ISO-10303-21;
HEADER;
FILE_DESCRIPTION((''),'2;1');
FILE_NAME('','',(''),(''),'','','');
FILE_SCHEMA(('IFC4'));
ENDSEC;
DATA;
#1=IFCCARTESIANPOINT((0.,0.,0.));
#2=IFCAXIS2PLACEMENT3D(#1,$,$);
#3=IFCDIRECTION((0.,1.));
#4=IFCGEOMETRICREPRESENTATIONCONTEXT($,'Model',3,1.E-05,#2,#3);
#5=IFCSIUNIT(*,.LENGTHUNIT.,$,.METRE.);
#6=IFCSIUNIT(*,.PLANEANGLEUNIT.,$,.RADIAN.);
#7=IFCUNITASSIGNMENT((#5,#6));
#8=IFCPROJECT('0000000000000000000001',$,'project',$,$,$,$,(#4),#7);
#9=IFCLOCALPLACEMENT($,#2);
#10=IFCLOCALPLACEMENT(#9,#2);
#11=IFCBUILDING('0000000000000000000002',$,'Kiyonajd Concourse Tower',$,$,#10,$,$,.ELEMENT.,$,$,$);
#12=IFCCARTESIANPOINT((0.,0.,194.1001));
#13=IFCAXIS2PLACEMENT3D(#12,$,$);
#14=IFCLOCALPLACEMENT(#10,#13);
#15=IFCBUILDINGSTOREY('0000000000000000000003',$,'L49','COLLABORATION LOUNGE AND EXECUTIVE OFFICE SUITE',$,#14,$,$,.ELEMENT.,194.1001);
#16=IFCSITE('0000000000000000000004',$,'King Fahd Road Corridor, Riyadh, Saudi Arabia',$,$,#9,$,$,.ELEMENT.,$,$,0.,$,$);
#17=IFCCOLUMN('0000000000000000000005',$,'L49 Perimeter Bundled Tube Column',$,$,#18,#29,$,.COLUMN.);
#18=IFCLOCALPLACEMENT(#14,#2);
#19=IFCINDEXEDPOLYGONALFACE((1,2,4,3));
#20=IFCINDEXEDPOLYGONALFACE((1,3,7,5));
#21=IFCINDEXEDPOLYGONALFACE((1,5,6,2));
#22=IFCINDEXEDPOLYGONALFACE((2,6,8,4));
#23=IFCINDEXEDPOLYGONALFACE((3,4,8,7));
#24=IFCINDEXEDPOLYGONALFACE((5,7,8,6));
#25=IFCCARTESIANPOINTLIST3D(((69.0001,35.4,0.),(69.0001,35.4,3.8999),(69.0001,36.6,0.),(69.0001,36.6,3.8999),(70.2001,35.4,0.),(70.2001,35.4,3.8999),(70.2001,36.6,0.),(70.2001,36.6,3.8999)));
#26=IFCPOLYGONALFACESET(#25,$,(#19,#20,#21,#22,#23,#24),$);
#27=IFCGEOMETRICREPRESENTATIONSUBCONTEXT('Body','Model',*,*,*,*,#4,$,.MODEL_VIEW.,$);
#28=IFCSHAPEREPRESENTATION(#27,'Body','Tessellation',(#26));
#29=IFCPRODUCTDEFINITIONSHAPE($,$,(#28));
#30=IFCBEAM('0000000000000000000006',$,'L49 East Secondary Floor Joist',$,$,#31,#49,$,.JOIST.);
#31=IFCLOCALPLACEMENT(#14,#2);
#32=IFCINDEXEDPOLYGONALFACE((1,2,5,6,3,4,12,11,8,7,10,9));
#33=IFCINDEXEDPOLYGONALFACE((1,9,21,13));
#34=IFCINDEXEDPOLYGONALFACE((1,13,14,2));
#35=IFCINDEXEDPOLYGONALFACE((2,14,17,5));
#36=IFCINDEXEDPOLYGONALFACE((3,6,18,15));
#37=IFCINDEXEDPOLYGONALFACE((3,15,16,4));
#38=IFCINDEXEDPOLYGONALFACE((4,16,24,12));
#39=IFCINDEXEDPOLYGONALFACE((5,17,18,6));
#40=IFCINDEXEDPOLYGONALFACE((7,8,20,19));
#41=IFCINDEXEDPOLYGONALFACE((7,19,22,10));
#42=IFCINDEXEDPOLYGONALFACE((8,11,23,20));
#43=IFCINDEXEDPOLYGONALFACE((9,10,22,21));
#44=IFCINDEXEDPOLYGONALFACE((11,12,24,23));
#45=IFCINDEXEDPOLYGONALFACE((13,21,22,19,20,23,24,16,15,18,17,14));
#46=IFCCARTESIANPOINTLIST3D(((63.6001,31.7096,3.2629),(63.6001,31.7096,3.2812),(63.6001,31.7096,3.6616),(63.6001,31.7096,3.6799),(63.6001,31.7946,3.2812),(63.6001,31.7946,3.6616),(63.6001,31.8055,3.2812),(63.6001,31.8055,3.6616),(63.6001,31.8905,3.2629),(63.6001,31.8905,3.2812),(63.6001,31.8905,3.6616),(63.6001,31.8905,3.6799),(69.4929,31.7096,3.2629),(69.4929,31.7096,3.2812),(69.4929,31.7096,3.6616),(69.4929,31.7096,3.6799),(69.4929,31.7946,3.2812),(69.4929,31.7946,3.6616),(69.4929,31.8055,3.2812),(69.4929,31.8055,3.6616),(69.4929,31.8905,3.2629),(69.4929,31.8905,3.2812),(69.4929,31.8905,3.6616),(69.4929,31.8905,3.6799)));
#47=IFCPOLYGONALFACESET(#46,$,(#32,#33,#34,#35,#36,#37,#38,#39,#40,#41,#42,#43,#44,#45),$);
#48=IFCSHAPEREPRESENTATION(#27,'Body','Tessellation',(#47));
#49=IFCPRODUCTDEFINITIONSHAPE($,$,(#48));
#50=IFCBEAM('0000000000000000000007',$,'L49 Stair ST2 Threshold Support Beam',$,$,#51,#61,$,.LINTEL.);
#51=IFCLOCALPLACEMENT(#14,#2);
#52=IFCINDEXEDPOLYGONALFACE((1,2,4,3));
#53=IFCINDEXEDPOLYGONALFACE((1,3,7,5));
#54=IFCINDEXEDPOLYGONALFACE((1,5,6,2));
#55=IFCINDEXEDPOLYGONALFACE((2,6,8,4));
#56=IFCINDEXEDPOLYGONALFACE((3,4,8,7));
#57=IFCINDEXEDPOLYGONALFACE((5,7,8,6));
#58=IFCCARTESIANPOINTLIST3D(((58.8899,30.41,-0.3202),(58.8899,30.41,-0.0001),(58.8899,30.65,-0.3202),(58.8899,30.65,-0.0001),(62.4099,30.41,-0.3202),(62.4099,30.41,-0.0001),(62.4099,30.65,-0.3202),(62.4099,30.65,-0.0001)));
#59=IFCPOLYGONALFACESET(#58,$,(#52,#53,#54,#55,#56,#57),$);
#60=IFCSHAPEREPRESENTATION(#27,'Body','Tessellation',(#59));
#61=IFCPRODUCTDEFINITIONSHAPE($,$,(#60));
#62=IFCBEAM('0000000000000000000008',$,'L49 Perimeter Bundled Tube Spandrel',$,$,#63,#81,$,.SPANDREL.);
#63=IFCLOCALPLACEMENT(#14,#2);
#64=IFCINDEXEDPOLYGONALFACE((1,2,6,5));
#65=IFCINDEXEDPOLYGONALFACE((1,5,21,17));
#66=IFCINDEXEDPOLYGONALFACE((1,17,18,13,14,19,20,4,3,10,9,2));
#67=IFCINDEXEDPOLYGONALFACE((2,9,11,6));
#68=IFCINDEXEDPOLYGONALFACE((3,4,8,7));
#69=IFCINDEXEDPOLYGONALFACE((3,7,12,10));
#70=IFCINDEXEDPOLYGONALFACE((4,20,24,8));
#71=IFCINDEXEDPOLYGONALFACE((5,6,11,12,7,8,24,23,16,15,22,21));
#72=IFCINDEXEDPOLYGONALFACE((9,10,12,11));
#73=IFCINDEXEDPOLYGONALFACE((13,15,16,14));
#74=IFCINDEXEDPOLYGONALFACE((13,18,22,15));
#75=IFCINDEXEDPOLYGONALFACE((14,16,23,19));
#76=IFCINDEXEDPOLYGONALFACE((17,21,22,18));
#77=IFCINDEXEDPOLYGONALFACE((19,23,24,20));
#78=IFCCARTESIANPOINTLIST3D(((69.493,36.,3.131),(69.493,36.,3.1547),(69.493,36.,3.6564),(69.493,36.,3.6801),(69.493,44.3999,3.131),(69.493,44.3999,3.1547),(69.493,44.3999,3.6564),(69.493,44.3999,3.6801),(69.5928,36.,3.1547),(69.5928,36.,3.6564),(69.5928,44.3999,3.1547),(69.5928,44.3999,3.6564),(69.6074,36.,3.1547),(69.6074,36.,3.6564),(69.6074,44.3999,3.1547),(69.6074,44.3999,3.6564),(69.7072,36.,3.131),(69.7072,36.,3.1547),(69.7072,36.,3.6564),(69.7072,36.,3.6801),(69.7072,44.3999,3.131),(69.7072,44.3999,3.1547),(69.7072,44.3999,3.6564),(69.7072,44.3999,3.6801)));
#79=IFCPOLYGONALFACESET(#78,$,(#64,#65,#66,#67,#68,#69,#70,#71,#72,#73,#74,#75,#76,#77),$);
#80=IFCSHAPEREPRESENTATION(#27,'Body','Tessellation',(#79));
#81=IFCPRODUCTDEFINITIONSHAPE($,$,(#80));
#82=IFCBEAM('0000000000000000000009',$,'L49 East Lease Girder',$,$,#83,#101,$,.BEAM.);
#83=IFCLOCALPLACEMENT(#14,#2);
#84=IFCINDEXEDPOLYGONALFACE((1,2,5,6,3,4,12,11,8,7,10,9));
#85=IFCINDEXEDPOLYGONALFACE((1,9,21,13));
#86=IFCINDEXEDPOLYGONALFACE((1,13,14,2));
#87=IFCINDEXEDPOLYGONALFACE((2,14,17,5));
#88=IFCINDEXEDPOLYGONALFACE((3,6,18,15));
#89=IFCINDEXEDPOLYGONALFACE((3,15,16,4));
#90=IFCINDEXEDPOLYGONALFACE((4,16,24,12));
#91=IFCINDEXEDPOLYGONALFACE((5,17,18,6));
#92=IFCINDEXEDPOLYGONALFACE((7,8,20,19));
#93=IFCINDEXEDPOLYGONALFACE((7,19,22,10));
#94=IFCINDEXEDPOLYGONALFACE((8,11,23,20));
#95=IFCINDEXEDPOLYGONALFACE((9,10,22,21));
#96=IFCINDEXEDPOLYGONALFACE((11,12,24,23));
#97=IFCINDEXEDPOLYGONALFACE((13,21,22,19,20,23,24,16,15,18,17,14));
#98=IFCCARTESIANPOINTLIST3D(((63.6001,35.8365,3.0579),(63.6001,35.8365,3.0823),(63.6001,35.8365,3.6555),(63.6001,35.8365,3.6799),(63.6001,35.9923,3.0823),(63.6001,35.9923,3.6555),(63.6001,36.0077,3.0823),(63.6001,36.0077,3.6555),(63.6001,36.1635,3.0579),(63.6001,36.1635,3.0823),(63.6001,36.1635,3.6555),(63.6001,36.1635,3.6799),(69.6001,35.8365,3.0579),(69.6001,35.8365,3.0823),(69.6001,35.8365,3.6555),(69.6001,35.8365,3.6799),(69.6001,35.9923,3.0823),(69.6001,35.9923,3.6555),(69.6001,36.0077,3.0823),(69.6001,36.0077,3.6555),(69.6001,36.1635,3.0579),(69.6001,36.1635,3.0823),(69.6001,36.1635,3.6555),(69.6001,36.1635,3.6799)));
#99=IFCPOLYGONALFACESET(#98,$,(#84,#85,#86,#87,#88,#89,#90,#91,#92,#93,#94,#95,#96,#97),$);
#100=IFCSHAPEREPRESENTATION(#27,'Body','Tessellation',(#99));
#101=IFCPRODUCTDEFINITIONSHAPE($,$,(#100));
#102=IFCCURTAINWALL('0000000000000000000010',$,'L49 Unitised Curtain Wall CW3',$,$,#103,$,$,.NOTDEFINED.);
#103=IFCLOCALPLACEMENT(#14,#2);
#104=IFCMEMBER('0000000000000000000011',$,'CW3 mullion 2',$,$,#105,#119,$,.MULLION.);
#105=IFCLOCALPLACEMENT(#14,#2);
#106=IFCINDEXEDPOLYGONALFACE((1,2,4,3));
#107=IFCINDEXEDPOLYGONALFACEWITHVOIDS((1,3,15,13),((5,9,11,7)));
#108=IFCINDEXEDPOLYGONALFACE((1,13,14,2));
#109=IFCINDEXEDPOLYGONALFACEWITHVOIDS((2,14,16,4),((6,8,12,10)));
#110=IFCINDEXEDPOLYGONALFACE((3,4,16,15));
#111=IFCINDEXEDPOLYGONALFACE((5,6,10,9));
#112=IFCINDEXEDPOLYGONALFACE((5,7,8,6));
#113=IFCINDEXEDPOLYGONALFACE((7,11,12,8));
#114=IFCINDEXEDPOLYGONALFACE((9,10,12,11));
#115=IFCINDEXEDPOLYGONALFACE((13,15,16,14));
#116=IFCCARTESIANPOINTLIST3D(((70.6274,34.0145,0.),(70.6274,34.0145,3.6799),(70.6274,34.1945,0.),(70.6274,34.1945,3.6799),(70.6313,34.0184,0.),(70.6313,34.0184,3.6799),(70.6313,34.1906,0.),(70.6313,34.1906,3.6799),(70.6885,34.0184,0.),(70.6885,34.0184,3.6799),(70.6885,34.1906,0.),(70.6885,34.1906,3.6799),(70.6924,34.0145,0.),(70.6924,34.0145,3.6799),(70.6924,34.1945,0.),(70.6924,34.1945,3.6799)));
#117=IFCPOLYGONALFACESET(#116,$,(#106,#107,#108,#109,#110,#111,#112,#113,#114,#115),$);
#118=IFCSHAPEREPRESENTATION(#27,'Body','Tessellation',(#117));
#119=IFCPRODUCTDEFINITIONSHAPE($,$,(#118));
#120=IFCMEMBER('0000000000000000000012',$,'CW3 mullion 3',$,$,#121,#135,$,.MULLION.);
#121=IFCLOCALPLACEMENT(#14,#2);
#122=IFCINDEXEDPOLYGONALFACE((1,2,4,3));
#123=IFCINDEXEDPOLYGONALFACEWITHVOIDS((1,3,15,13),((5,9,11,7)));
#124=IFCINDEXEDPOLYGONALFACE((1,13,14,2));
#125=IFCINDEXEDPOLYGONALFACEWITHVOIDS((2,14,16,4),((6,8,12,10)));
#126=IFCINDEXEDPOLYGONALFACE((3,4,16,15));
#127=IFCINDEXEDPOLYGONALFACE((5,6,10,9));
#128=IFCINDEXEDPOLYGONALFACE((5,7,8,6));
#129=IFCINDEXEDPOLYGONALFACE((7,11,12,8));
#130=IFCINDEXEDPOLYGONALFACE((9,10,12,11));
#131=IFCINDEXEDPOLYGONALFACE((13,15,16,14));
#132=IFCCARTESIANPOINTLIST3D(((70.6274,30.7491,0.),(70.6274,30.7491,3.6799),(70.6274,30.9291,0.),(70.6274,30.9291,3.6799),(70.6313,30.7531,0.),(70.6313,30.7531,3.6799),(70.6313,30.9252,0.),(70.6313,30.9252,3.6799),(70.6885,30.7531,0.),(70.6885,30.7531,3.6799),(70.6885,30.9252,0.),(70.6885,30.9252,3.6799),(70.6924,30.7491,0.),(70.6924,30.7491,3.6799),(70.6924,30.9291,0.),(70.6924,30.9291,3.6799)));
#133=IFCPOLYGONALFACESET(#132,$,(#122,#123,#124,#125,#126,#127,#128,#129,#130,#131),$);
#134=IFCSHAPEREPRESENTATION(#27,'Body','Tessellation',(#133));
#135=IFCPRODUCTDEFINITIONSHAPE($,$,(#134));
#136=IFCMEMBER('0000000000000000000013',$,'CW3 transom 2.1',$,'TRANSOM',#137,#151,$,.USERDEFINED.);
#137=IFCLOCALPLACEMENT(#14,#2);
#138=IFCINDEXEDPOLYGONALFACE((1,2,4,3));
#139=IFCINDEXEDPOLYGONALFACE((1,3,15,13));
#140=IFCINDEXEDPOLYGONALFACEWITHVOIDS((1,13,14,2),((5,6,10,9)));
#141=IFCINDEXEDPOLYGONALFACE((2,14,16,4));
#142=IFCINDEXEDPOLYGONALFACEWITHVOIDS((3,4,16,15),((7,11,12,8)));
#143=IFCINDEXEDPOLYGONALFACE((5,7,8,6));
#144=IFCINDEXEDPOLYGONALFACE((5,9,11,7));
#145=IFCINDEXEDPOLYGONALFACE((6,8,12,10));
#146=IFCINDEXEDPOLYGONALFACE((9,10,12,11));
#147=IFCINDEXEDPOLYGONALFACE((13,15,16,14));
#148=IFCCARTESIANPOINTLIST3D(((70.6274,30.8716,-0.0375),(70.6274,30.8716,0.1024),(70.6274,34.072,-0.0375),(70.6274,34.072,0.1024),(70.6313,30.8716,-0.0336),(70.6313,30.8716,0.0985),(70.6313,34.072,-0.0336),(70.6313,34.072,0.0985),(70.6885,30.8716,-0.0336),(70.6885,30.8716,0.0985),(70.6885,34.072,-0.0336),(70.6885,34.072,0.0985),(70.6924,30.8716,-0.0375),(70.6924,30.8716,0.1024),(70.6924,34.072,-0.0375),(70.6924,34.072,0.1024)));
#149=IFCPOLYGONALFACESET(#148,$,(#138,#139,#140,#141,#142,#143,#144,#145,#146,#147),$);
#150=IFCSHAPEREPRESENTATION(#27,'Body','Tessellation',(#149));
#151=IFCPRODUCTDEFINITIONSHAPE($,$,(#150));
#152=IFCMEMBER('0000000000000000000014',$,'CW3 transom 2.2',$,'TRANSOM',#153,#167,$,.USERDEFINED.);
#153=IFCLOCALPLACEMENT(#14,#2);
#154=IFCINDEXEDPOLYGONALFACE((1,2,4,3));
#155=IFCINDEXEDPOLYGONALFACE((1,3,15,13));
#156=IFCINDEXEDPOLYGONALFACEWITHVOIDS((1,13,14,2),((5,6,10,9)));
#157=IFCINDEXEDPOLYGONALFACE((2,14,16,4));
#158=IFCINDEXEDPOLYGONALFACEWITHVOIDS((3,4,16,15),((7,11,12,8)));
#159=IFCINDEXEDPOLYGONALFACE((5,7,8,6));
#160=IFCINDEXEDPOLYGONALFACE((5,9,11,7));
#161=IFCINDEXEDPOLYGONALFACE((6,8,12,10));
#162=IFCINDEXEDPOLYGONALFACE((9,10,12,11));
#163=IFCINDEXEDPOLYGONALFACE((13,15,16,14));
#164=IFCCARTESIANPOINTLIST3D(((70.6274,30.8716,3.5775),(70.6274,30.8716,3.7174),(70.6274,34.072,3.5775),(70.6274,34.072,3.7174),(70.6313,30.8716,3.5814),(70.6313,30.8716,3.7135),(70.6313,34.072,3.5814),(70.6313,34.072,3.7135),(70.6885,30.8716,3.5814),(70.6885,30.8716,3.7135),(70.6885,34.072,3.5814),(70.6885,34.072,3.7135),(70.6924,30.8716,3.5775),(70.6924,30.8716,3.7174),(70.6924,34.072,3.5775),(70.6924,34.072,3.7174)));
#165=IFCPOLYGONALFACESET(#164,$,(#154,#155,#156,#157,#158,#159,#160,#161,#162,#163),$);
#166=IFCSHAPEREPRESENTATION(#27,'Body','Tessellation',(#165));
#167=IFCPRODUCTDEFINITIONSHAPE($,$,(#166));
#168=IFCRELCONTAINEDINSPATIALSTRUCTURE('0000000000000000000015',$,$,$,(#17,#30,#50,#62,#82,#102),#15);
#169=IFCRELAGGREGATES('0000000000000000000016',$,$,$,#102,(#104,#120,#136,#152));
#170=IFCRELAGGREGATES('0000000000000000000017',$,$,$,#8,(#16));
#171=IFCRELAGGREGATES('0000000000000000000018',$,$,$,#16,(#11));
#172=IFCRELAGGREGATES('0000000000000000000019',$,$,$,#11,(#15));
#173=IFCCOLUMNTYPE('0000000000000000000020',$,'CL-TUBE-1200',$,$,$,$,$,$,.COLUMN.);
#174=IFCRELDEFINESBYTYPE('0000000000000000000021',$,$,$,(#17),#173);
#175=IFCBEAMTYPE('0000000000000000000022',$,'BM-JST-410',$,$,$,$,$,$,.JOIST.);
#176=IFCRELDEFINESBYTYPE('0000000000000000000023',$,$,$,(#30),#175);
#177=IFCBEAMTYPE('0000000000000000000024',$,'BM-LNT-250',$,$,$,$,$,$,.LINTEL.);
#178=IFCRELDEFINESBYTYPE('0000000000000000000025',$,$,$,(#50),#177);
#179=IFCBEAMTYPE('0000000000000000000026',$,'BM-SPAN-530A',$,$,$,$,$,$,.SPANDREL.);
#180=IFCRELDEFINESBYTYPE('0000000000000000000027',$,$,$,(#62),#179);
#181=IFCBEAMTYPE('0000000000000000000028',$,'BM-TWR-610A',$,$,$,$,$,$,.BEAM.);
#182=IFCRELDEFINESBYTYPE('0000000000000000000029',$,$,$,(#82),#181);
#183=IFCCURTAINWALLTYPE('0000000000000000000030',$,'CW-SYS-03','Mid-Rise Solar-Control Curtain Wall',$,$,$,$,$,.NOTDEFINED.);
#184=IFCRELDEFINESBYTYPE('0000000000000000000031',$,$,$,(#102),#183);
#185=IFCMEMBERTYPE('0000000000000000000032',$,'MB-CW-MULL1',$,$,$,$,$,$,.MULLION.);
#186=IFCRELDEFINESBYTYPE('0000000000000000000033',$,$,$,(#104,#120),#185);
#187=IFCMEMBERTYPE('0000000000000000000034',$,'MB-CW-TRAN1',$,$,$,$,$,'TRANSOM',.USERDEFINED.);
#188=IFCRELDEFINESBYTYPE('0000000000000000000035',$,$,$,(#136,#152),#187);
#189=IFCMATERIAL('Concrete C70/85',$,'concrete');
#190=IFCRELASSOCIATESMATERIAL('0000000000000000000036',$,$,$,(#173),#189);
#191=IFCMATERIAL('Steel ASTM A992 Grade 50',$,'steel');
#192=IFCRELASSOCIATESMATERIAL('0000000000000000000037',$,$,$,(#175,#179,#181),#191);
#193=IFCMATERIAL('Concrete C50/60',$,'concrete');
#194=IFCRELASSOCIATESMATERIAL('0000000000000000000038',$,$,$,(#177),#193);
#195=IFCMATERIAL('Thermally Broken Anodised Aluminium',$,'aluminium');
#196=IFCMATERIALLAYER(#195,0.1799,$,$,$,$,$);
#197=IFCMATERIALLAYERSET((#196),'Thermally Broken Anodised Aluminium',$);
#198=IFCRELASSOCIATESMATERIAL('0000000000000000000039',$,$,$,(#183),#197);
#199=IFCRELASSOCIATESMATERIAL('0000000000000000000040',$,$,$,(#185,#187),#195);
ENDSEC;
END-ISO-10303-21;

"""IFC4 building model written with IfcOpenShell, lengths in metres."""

from ifc_helpers import new_model, si_unit, direction, frame, origin, origin_2d, place, context, subcontext, project, spatial, rectangle, hollow_rectangle, i_section, extrude, material, layer, layer_set, material_profile, profile_set, type_object, element, aggregate, save


model = new_model("IFC4")

# Units and contexts
model_context = context("Model", 3, precision=1e-05, world=origin(), true_north=direction((0.0, 1.0)))
body_context = subcontext(model_context, "Body", "Model", "MODEL_VIEW")
ifc_project = project(units=[si_unit("LENGTHUNIT", "METRE"), si_unit("PLANEANGLEUNIT", "RADIAN")], contexts=[model_context])

# Site, building, storey
site_placement = place(None, origin())
site = spatial("IfcSite", under=ifc_project, at=site_placement, Name="King Fahd Road Corridor, Riyadh, Saudi Arabia", CompositionType="ELEMENT", RefElevation=0.0)
building_placement = place(site_placement, origin())
building = spatial("IfcBuilding", under=site, at=building_placement, Name="Kiyonajd Concourse Tower", CompositionType="ELEMENT")
storey_placement = place(building_placement, frame((0.0, 0.0, 194.1001)))
storey = spatial("IfcBuildingStorey", under=building, at=storey_placement, Name="L49", Description="COLLABORATION LOUNGE AND EXECUTIVE OFFICE SUITE", CompositionType="ELEMENT", Elevation=194.1001)

# Column
ifc_material_1 = material(Name="Concrete C70/85", Category="concrete")
ifc_material_profile_1 = material_profile(ifc_material_1, rectangle(XDim=1.2, YDim=1.2, at=origin_2d()), Name="RC-1200x1200")
ifc_profile_set_1 = profile_set([ifc_material_profile_1], Name="Concrete C70/85")
column_type = type_object("IfcColumnType", Name="CL-TUBE-1200", PredefinedType="COLUMN", material=ifc_profile_set_1)
column_placement = place(storey_placement, frame((69.6001, 36.0, 0.0), z_axis=(0.0, 0.0, 1.0), x_axis=(1.0, 0.0, 0.0)))
element("IfcColumn", 1, at=column_placement, inside=storey, type_object=column_type, Name="L49 Perimeter Bundled Tube Column", PredefinedType="COLUMN", context=body_context, shape_type="SweptSolid", body=[
    extrude(rectangle(XDim=1.2, YDim=1.2, at=origin_2d()), origin(), (0.0, 0.0, 1.0), 3.8999),
])

# Beams
ifc_material_2 = material(Name="Steel ASTM A992 Grade 50", Category="steel")
ifc_material_profile_2 = material_profile(ifc_material_2, i_section(OverallWidth=0.1809, OverallDepth=0.417, WebThickness=0.011, FlangeThickness=0.0183, at=origin_2d()), Name="W410X85")
ifc_profile_set_2 = profile_set([ifc_material_profile_2], Name="Steel ASTM A992 Grade 50")
beam_type_1 = type_object("IfcBeamType", Name="BM-JST-410", PredefinedType="JOIST", material=ifc_profile_set_2)
beam_1_placement = place(storey_placement, frame((63.6001, 31.8, 3.4714), z_axis=(1.0, 0.0, 0.0), x_axis=(0.0, 1.0, 0.0)))
element("IfcBeam", 2, at=beam_1_placement, inside=storey, type_object=beam_type_1, Name="L49 East Secondary Floor Joist", PredefinedType="JOIST", context=body_context, shape_type="SweptSolid", body=[
    extrude(i_section(OverallWidth=0.1809, OverallDepth=0.417, WebThickness=0.011, FlangeThickness=0.0183, at=origin_2d()), origin(), (0.0, 0.0, 1.0), 5.8928),
])
ifc_material_3 = material(Name="Concrete C50/60", Category="concrete")
ifc_material_profile_3 = material_profile(ifc_material_3, rectangle(XDim=0.24, YDim=0.3201, at=origin_2d()), Name="RCBM-240x320")
ifc_profile_set_3 = profile_set([ifc_material_profile_3], Name="Concrete C50/60")
beam_type_2 = type_object("IfcBeamType", Name="BM-LNT-250", PredefinedType="LINTEL", material=ifc_profile_set_3)
beam_2_placement = place(storey_placement, frame((58.8899, 30.53, -0.1602), z_axis=(1.0, 0.0, 0.0), x_axis=(0.0, 1.0, 0.0)))
element("IfcBeam", 3, at=beam_2_placement, inside=storey, type_object=beam_type_2, Name="L49 Stair ST2 Threshold Support Beam", PredefinedType="LINTEL", context=body_context, shape_type="SweptSolid", body=[
    extrude(rectangle(XDim=0.24, YDim=0.3201, at=origin_2d()), origin(), (0.0, 0.0, 1.0), 3.52),
])
ifc_material_profile_4 = material_profile(ifc_material_2, i_section(OverallWidth=0.2141, OverallDepth=0.5491, WebThickness=0.0146, FlangeThickness=0.0237, at=origin_2d()), Name="W530X138")
ifc_profile_set_4 = profile_set([ifc_material_profile_4], Name="Steel ASTM A992 Grade 50")
beam_type_3 = type_object("IfcBeamType", Name="BM-SPAN-530A", PredefinedType="SPANDREL", material=ifc_profile_set_4)
beam_3_placement = place(storey_placement, frame((69.6001, 36.0, 3.4055), z_axis=(0.0, 1.0, 0.0), x_axis=(-1.0, 0.0, 0.0)))
element("IfcBeam", 4, at=beam_3_placement, inside=storey, type_object=beam_type_3, Name="L49 Perimeter Bundled Tube Spandrel", PredefinedType="SPANDREL", context=body_context, shape_type="SweptSolid", body=[
    extrude(i_section(OverallWidth=0.2141, OverallDepth=0.5491, WebThickness=0.0146, FlangeThickness=0.0237, at=origin_2d()), origin(), (0.0, 0.0, 1.0), 8.3999),
])
ifc_material_profile_5 = material_profile(ifc_material_2, i_section(OverallWidth=0.3269, OverallDepth=0.6221, WebThickness=0.0154, FlangeThickness=0.0244, at=origin_2d()), Name="W610X195")
ifc_profile_set_5 = profile_set([ifc_material_profile_5], Name="Steel ASTM A992 Grade 50")
beam_type_4 = type_object("IfcBeamType", Name="BM-TWR-610A", PredefinedType="BEAM", material=ifc_profile_set_5)
beam_4_placement = place(storey_placement, frame((63.6001, 36.0, 3.3689), z_axis=(1.0, 0.0, 0.0), x_axis=(0.0, 1.0, 0.0)))
element("IfcBeam", 5, at=beam_4_placement, inside=storey, type_object=beam_type_4, Name="L49 East Lease Girder", PredefinedType="BEAM", context=body_context, shape_type="SweptSolid", body=[
    extrude(i_section(OverallWidth=0.3269, OverallDepth=0.6221, WebThickness=0.0154, FlangeThickness=0.0244, at=origin_2d()), origin(), (0.0, 0.0, 1.0), 6.0),
])

# Curtain wall, members
ifc_material_4 = material(Name="Thermally Broken Anodised Aluminium", Category="aluminium")
ifc_layer_1 = layer(ifc_material_4, 0.1799)
ifc_layer_set_1 = layer_set([ifc_layer_1], Name="Thermally Broken Anodised Aluminium")
curtain_wall_type = type_object("IfcCurtainWallType", Name="CW-SYS-03", Description="Mid-Rise Solar-Control Curtain Wall", PredefinedType="NOTDEFINED", material=ifc_layer_set_1)
curtain_wall_placement = place(storey_placement, origin())
curtain_wall = element("IfcCurtainWall", 6, at=curtain_wall_placement, inside=storey, type_object=curtain_wall_type, Name="L49 Unitised Curtain Wall CW3", PredefinedType="NOTDEFINED")
ifc_material_profile_6 = material_profile(ifc_material_4, hollow_rectangle(XDim=0.0649, YDim=0.1799, WallThickness=0.0039, at=origin_2d()), Name="MULL-65x180")
ifc_profile_set_6 = profile_set([ifc_material_profile_6], Name="Thermally Broken Anodised Aluminium")
member_type_1 = type_object("IfcMemberType", Name="MB-CW-MULL1", PredefinedType="MULLION", material=ifc_profile_set_6)
member_1_placement = place(storey_placement, frame((70.6599, 34.1045, 0.0), z_axis=(0.0, 0.0, 1.0), x_axis=(1.0, 0.0, 0.0)))
member_1 = element("IfcMember", 7, at=member_1_placement, type_object=member_type_1, Name="CW3 mullion 2", PredefinedType="MULLION", context=body_context, shape_type="SweptSolid", body=[
    extrude(hollow_rectangle(XDim=0.0649, YDim=0.1799, WallThickness=0.0039, at=origin_2d()), origin(), (0.0, 0.0, 1.0), 3.6799),
])
member_2_placement = place(storey_placement, frame((70.6599, 30.8391, 0.0), z_axis=(0.0, 0.0, 1.0), x_axis=(1.0, 0.0, 0.0)))
member_2 = element("IfcMember", 8, at=member_2_placement, type_object=member_type_1, Name="CW3 mullion 3", PredefinedType="MULLION", context=body_context, shape_type="SweptSolid", body=[
    extrude(hollow_rectangle(XDim=0.0649, YDim=0.1799, WallThickness=0.0039, at=origin_2d()), origin(), (0.0, 0.0, 1.0), 3.6799),
])
ifc_material_profile_7 = material_profile(ifc_material_4, hollow_rectangle(XDim=0.0649, YDim=0.1399, WallThickness=0.0039, at=origin_2d()), Name="TRAN-65x140")
ifc_profile_set_7 = profile_set([ifc_material_profile_7], Name="Thermally Broken Anodised Aluminium")
member_type_2 = type_object("IfcMemberType", Name="MB-CW-TRAN1", ElementType="TRANSOM", PredefinedType="USERDEFINED", material=ifc_profile_set_7)
member_3_placement = place(storey_placement, frame((70.6599, 34.072, 0.0325), z_axis=(0.0, -1.0, 0.0), x_axis=(1.0, 0.0, 0.0)))
member_3 = element("IfcMember", 9, at=member_3_placement, type_object=member_type_2, Name="CW3 transom 2.1", ObjectType="TRANSOM", PredefinedType="USERDEFINED", context=body_context, shape_type="SweptSolid", body=[
    extrude(hollow_rectangle(XDim=0.0649, YDim=0.1399, WallThickness=0.0039, at=origin_2d()), origin(), (0.0, 0.0, 1.0), 3.2004),
])
member_4_placement = place(storey_placement, frame((70.6599, 34.072, 3.6475), z_axis=(0.0, -1.0, 0.0), x_axis=(1.0, 0.0, 0.0)))
member_4 = element("IfcMember", 10, at=member_4_placement, type_object=member_type_2, Name="CW3 transom 2.2", ObjectType="TRANSOM", PredefinedType="USERDEFINED", context=body_context, shape_type="SweptSolid", body=[
    extrude(hollow_rectangle(XDim=0.0649, YDim=0.1399, WallThickness=0.0039, at=origin_2d()), origin(), (0.0, 0.0, 1.0), 3.2004),
])
aggregate(curtain_wall, [member_1, member_2, member_3, member_4])

save(model, "model.ifc")
